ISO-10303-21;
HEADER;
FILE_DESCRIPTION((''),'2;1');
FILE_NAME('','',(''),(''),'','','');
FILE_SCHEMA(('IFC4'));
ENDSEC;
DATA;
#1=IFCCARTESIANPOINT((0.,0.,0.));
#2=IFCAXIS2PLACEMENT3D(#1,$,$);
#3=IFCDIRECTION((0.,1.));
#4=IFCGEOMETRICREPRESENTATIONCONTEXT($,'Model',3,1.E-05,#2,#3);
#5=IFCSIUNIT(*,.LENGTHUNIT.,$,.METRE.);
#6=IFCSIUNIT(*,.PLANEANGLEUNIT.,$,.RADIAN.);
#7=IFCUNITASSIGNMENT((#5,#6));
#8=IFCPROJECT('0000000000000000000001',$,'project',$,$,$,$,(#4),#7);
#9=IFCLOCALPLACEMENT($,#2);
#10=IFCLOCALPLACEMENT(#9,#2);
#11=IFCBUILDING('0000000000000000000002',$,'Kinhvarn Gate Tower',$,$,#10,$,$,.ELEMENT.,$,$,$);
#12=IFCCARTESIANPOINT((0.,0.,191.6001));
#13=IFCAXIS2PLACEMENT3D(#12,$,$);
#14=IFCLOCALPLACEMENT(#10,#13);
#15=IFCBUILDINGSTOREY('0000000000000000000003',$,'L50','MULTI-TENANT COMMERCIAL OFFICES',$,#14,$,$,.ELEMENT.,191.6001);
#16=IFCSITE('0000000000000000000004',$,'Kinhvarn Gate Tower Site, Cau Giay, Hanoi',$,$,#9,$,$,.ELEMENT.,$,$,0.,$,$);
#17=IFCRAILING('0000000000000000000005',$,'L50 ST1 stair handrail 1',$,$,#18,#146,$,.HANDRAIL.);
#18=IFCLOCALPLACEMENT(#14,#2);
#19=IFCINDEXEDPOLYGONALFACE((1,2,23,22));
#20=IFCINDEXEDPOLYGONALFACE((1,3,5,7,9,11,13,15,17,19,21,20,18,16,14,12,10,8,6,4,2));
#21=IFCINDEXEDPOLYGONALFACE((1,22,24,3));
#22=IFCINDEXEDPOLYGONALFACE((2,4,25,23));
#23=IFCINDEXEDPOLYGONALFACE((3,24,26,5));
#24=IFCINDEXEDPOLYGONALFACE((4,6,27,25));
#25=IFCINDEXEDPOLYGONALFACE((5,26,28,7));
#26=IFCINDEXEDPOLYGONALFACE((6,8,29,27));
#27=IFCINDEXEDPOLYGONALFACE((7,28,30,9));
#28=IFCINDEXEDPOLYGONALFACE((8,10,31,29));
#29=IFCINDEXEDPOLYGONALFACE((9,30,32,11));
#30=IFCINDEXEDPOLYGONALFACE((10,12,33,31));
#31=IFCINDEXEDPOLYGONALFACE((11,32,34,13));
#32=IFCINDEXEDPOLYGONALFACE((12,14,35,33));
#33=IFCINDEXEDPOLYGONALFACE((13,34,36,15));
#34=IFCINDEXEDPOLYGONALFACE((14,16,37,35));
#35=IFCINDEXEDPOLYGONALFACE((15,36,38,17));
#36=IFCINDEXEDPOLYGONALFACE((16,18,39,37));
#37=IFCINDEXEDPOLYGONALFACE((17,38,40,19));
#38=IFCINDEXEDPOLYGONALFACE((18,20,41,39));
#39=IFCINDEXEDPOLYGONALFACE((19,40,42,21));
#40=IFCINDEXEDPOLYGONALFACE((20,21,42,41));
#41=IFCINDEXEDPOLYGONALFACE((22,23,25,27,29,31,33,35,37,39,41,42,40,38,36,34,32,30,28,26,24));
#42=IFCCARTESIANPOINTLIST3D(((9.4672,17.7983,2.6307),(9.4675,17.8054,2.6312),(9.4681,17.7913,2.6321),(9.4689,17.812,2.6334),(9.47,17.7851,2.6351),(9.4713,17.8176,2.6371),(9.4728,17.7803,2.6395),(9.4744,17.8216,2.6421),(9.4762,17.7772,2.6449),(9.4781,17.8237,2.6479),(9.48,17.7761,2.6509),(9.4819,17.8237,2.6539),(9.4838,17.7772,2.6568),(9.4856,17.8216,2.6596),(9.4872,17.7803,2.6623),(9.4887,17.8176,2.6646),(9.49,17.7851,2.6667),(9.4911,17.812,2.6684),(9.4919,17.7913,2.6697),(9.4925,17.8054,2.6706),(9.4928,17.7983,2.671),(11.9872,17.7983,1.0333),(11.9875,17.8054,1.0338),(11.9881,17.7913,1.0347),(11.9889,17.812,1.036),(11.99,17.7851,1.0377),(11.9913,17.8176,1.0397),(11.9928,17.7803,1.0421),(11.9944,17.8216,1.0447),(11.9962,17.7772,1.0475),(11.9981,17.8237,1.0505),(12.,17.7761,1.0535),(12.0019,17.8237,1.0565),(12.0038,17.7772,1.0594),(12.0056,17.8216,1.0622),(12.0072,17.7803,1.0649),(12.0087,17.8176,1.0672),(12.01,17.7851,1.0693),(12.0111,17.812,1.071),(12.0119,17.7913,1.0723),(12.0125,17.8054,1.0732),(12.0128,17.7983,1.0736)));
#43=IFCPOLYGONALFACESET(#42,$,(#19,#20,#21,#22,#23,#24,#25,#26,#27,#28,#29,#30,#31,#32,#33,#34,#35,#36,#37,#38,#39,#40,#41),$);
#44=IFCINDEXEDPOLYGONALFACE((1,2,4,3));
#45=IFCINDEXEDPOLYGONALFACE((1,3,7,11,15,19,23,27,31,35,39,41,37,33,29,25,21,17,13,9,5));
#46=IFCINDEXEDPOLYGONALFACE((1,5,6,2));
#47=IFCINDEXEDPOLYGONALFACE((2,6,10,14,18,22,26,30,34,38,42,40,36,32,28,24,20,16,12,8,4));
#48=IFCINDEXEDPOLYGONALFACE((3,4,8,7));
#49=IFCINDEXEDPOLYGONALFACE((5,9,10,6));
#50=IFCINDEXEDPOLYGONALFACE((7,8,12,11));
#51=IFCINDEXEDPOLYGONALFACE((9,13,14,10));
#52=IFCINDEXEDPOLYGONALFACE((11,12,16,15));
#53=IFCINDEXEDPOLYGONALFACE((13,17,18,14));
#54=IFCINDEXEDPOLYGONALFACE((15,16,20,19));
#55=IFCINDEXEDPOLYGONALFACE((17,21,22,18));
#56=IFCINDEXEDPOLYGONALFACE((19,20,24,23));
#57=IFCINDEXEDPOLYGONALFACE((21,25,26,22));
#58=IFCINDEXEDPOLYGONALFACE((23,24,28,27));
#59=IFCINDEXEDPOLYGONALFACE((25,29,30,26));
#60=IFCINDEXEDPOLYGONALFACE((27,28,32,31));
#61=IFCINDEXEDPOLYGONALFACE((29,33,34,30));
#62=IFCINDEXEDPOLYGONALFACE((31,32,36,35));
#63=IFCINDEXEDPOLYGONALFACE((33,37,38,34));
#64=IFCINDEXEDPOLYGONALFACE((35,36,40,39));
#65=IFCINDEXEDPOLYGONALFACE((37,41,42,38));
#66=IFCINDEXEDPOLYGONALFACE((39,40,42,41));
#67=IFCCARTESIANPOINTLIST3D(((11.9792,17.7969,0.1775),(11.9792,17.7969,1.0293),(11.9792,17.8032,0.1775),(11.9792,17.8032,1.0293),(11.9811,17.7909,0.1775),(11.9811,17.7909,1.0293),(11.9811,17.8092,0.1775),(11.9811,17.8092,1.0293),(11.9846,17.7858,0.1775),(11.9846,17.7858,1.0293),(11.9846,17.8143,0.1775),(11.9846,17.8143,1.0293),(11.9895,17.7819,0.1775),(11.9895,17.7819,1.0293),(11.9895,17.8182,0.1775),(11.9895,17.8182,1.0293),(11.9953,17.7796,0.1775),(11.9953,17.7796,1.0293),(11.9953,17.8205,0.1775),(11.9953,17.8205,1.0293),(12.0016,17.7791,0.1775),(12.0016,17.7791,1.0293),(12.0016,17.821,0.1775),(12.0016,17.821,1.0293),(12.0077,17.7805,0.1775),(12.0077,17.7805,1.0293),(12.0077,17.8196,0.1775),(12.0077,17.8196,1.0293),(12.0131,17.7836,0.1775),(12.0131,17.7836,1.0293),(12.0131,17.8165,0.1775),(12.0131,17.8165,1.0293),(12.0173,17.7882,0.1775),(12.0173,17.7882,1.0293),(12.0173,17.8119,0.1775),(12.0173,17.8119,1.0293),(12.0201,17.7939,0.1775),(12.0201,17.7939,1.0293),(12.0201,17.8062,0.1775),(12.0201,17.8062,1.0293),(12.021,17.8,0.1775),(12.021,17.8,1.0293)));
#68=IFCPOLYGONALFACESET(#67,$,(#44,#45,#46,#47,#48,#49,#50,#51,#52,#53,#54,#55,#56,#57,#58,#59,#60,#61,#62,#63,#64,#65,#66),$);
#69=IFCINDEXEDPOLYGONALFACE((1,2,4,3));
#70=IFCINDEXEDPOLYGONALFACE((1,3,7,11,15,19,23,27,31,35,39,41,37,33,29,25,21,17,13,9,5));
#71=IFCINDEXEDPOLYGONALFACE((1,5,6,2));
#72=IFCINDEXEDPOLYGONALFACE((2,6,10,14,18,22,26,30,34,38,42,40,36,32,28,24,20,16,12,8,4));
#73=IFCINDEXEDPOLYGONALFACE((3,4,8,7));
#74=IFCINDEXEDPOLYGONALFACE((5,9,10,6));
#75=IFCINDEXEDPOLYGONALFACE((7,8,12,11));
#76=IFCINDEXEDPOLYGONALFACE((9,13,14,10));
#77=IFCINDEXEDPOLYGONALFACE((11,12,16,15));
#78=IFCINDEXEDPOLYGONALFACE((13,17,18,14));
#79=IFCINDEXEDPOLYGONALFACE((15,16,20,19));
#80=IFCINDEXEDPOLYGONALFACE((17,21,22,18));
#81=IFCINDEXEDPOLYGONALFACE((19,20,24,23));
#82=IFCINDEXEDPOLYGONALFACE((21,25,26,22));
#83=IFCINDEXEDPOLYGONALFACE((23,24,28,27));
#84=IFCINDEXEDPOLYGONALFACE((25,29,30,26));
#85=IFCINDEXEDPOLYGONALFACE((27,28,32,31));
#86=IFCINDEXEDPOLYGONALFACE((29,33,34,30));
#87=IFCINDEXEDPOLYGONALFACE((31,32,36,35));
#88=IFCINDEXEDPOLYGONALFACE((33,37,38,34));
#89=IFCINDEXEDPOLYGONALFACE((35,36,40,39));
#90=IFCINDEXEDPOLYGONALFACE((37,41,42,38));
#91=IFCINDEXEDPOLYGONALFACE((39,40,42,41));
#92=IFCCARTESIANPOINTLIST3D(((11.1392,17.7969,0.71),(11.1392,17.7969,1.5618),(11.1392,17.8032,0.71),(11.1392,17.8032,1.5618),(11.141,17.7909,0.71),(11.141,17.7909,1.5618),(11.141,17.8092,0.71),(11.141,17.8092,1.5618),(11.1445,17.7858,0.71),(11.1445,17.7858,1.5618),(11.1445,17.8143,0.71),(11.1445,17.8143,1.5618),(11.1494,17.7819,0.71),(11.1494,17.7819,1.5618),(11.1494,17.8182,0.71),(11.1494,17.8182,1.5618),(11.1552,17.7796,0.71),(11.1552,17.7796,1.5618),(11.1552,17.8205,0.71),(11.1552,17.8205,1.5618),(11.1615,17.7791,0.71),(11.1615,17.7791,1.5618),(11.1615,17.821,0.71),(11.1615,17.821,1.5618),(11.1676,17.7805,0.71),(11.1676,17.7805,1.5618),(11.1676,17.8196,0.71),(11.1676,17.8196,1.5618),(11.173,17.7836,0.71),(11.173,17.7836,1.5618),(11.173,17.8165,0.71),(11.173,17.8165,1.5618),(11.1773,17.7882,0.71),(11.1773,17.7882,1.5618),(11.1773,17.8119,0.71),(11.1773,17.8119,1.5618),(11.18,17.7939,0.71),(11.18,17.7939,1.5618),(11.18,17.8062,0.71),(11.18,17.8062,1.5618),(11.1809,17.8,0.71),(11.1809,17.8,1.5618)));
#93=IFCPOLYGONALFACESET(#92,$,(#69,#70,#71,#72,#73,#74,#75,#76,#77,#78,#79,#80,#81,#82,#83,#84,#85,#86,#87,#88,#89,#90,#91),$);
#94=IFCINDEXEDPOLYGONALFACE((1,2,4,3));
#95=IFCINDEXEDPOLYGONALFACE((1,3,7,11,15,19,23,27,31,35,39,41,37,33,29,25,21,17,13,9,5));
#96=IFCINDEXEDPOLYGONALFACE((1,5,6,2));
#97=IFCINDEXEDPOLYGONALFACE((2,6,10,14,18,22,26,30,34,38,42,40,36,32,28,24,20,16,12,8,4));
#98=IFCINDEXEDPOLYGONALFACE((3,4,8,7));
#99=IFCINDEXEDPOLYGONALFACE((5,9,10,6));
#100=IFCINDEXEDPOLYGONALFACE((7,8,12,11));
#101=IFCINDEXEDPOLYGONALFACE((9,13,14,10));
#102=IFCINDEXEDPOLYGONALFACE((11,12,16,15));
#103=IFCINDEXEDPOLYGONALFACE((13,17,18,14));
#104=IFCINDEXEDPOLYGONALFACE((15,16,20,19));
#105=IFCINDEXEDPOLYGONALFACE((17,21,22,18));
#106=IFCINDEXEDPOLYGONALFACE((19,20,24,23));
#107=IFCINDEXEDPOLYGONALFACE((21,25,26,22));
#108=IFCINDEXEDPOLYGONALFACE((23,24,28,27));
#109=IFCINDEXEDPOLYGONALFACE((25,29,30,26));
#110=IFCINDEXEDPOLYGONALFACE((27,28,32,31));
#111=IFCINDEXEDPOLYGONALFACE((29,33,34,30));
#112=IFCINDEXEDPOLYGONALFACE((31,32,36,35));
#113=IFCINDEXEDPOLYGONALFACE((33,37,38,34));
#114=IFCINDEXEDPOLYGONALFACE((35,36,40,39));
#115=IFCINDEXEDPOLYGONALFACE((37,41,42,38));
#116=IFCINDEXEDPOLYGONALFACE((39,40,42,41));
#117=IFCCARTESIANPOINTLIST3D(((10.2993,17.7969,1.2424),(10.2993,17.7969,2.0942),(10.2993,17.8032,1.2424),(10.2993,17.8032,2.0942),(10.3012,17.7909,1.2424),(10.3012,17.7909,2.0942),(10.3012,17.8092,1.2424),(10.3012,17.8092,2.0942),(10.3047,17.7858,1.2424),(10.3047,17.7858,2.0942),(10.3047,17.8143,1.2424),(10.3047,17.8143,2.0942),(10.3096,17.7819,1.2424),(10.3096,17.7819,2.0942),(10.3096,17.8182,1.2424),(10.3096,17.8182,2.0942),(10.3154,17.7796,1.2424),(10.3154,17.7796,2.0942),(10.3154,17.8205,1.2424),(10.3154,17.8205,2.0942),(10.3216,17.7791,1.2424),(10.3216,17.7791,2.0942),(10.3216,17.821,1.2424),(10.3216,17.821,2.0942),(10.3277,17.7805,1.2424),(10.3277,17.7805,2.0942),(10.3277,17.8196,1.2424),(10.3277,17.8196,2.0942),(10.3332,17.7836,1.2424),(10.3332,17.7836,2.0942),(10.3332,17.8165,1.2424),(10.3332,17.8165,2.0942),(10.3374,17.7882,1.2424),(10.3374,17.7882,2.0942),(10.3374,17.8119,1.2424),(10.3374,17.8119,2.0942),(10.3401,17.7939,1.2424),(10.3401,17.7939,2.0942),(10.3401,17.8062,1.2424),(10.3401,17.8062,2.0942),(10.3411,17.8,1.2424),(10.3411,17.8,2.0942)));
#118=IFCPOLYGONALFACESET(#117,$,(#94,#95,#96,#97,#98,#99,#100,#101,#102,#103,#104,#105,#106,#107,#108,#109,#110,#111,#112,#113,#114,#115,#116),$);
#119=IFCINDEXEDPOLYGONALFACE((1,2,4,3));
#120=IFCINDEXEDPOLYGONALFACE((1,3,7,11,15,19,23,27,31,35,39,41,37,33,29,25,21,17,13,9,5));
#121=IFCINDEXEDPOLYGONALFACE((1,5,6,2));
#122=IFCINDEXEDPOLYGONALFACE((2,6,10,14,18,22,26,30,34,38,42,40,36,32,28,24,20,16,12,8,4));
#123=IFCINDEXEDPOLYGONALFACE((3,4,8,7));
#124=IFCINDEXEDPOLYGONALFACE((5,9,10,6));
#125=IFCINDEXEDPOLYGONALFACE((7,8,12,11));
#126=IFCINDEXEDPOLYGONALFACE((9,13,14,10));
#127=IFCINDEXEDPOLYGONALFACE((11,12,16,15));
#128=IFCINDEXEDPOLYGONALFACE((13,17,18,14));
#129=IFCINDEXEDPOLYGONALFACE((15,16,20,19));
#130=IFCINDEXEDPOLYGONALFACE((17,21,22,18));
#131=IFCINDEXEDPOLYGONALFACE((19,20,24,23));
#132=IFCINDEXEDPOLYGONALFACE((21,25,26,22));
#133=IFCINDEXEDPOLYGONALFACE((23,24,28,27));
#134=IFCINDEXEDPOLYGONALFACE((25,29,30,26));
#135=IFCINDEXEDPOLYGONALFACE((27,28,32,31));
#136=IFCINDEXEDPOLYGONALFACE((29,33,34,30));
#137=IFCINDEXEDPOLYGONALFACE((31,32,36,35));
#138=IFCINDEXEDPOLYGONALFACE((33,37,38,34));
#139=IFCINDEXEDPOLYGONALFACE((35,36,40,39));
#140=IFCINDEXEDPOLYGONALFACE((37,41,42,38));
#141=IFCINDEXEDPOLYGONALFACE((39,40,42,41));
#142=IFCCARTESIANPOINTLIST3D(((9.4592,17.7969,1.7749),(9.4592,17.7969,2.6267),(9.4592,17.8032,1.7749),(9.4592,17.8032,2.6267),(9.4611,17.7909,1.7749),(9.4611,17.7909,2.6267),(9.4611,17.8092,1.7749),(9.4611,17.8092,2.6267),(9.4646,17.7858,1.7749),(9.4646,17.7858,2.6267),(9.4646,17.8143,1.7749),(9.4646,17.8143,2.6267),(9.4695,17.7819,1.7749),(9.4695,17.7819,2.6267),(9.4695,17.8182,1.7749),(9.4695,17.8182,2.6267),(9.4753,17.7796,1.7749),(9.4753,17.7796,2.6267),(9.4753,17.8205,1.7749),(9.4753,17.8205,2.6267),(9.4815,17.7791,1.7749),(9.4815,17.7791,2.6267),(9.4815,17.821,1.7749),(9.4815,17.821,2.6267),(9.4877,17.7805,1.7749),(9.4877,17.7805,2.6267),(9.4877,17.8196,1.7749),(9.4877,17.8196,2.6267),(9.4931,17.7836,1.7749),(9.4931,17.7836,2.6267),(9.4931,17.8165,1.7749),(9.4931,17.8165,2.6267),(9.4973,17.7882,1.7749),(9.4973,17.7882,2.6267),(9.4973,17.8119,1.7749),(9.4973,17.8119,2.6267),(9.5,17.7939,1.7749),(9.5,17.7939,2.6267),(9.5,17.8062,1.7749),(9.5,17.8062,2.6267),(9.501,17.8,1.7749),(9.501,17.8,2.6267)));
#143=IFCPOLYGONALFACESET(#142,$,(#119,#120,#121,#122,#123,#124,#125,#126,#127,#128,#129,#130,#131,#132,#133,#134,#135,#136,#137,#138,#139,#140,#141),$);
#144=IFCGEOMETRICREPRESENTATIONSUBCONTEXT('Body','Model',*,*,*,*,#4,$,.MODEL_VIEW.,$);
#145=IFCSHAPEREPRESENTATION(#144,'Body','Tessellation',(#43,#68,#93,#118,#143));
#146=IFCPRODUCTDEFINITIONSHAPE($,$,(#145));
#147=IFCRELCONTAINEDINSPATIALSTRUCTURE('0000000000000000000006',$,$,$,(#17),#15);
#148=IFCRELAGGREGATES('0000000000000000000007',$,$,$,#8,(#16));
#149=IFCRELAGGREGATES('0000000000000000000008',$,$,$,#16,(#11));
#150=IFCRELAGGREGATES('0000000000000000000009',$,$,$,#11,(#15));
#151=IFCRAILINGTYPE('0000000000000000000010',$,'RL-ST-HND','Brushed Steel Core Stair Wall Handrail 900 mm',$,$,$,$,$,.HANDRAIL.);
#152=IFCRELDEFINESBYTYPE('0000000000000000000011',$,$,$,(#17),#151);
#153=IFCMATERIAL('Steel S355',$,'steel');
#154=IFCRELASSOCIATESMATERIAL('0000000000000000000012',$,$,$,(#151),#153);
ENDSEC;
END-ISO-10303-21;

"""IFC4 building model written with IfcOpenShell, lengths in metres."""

from ifc_helpers import new_model, si_unit, direction, frame, origin, origin_2d, place, context, subcontext, project, spatial, circle, extrude, material, type_object, element, save


model = new_model("IFC4")

# Units and contexts
model_context = context("Model", 3, precision=1e-05, world=origin(), true_north=direction((0.0, 1.0)))
body_context = subcontext(model_context, "Body", "Model", "MODEL_VIEW")
ifc_project = project(units=[si_unit("LENGTHUNIT", "METRE"), si_unit("PLANEANGLEUNIT", "RADIAN")], contexts=[model_context])

# Site, building, storey
site_placement = place(None, origin())
site = spatial("IfcSite", under=ifc_project, at=site_placement, Name="Kinhvarn Gate Tower Site, Cau Giay, Hanoi", CompositionType="ELEMENT", RefElevation=0.0)
building_placement = place(site_placement, origin())
building = spatial("IfcBuilding", under=site, at=building_placement, Name="Kinhvarn Gate Tower", CompositionType="ELEMENT")
storey_placement = place(building_placement, frame((0.0, 0.0, 191.6001)))
storey = spatial("IfcBuildingStorey", under=building, at=storey_placement, Name="L50", Description="MULTI-TENANT COMMERCIAL OFFICES", CompositionType="ELEMENT", Elevation=191.6001)

# Shared definitions
ifc_material_1 = material(Name="Steel S355", Category="steel")

# Railing
railing_type_1 = type_object("IfcRailingType", Name="RL-ST-HND", Description="Brushed Steel Core Stair Wall Handrail 900 mm", PredefinedType="HANDRAIL", material=ifc_material_1)
railing_1_placement = place(storey_placement, frame((12.0, 17.8, 0.1775)))
element("IfcRailing", 1, at=railing_1_placement, inside=storey, type_object=railing_type_1, Name="L50 ST1 stair handrail 1", PredefinedType="HANDRAIL", context=body_context, shape_type="SweptSolid", body=[
    extrude(circle(Radius=0.0239, at=origin_2d()), frame((0.0, 0.0, 0.876), z_axis=(-0.844607, 0.0, 0.535387), x_axis=(0.0, -1.0, 0.0)), (0.0, 0.0, 1.0), 2.9836),
    extrude(circle(Radius=0.021, at=origin_2d()), origin(), (0.0, 0.0, 1.0), 0.8518),
    extrude(circle(Radius=0.021, at=origin_2d()), frame((-0.8401, 0.0, 0.5325)), (0.0, 0.0, 1.0), 0.8518),
    extrude(circle(Radius=0.021, at=origin_2d()), frame((-1.6799, 0.0, 1.0649)), (0.0, 0.0, 1.0), 0.8518),
    extrude(circle(Radius=0.021, at=origin_2d()), frame((-2.52, 0.0, 1.5974)), (0.0, 0.0, 1.0), 0.8518),
])

save(model, "model.ifc")
